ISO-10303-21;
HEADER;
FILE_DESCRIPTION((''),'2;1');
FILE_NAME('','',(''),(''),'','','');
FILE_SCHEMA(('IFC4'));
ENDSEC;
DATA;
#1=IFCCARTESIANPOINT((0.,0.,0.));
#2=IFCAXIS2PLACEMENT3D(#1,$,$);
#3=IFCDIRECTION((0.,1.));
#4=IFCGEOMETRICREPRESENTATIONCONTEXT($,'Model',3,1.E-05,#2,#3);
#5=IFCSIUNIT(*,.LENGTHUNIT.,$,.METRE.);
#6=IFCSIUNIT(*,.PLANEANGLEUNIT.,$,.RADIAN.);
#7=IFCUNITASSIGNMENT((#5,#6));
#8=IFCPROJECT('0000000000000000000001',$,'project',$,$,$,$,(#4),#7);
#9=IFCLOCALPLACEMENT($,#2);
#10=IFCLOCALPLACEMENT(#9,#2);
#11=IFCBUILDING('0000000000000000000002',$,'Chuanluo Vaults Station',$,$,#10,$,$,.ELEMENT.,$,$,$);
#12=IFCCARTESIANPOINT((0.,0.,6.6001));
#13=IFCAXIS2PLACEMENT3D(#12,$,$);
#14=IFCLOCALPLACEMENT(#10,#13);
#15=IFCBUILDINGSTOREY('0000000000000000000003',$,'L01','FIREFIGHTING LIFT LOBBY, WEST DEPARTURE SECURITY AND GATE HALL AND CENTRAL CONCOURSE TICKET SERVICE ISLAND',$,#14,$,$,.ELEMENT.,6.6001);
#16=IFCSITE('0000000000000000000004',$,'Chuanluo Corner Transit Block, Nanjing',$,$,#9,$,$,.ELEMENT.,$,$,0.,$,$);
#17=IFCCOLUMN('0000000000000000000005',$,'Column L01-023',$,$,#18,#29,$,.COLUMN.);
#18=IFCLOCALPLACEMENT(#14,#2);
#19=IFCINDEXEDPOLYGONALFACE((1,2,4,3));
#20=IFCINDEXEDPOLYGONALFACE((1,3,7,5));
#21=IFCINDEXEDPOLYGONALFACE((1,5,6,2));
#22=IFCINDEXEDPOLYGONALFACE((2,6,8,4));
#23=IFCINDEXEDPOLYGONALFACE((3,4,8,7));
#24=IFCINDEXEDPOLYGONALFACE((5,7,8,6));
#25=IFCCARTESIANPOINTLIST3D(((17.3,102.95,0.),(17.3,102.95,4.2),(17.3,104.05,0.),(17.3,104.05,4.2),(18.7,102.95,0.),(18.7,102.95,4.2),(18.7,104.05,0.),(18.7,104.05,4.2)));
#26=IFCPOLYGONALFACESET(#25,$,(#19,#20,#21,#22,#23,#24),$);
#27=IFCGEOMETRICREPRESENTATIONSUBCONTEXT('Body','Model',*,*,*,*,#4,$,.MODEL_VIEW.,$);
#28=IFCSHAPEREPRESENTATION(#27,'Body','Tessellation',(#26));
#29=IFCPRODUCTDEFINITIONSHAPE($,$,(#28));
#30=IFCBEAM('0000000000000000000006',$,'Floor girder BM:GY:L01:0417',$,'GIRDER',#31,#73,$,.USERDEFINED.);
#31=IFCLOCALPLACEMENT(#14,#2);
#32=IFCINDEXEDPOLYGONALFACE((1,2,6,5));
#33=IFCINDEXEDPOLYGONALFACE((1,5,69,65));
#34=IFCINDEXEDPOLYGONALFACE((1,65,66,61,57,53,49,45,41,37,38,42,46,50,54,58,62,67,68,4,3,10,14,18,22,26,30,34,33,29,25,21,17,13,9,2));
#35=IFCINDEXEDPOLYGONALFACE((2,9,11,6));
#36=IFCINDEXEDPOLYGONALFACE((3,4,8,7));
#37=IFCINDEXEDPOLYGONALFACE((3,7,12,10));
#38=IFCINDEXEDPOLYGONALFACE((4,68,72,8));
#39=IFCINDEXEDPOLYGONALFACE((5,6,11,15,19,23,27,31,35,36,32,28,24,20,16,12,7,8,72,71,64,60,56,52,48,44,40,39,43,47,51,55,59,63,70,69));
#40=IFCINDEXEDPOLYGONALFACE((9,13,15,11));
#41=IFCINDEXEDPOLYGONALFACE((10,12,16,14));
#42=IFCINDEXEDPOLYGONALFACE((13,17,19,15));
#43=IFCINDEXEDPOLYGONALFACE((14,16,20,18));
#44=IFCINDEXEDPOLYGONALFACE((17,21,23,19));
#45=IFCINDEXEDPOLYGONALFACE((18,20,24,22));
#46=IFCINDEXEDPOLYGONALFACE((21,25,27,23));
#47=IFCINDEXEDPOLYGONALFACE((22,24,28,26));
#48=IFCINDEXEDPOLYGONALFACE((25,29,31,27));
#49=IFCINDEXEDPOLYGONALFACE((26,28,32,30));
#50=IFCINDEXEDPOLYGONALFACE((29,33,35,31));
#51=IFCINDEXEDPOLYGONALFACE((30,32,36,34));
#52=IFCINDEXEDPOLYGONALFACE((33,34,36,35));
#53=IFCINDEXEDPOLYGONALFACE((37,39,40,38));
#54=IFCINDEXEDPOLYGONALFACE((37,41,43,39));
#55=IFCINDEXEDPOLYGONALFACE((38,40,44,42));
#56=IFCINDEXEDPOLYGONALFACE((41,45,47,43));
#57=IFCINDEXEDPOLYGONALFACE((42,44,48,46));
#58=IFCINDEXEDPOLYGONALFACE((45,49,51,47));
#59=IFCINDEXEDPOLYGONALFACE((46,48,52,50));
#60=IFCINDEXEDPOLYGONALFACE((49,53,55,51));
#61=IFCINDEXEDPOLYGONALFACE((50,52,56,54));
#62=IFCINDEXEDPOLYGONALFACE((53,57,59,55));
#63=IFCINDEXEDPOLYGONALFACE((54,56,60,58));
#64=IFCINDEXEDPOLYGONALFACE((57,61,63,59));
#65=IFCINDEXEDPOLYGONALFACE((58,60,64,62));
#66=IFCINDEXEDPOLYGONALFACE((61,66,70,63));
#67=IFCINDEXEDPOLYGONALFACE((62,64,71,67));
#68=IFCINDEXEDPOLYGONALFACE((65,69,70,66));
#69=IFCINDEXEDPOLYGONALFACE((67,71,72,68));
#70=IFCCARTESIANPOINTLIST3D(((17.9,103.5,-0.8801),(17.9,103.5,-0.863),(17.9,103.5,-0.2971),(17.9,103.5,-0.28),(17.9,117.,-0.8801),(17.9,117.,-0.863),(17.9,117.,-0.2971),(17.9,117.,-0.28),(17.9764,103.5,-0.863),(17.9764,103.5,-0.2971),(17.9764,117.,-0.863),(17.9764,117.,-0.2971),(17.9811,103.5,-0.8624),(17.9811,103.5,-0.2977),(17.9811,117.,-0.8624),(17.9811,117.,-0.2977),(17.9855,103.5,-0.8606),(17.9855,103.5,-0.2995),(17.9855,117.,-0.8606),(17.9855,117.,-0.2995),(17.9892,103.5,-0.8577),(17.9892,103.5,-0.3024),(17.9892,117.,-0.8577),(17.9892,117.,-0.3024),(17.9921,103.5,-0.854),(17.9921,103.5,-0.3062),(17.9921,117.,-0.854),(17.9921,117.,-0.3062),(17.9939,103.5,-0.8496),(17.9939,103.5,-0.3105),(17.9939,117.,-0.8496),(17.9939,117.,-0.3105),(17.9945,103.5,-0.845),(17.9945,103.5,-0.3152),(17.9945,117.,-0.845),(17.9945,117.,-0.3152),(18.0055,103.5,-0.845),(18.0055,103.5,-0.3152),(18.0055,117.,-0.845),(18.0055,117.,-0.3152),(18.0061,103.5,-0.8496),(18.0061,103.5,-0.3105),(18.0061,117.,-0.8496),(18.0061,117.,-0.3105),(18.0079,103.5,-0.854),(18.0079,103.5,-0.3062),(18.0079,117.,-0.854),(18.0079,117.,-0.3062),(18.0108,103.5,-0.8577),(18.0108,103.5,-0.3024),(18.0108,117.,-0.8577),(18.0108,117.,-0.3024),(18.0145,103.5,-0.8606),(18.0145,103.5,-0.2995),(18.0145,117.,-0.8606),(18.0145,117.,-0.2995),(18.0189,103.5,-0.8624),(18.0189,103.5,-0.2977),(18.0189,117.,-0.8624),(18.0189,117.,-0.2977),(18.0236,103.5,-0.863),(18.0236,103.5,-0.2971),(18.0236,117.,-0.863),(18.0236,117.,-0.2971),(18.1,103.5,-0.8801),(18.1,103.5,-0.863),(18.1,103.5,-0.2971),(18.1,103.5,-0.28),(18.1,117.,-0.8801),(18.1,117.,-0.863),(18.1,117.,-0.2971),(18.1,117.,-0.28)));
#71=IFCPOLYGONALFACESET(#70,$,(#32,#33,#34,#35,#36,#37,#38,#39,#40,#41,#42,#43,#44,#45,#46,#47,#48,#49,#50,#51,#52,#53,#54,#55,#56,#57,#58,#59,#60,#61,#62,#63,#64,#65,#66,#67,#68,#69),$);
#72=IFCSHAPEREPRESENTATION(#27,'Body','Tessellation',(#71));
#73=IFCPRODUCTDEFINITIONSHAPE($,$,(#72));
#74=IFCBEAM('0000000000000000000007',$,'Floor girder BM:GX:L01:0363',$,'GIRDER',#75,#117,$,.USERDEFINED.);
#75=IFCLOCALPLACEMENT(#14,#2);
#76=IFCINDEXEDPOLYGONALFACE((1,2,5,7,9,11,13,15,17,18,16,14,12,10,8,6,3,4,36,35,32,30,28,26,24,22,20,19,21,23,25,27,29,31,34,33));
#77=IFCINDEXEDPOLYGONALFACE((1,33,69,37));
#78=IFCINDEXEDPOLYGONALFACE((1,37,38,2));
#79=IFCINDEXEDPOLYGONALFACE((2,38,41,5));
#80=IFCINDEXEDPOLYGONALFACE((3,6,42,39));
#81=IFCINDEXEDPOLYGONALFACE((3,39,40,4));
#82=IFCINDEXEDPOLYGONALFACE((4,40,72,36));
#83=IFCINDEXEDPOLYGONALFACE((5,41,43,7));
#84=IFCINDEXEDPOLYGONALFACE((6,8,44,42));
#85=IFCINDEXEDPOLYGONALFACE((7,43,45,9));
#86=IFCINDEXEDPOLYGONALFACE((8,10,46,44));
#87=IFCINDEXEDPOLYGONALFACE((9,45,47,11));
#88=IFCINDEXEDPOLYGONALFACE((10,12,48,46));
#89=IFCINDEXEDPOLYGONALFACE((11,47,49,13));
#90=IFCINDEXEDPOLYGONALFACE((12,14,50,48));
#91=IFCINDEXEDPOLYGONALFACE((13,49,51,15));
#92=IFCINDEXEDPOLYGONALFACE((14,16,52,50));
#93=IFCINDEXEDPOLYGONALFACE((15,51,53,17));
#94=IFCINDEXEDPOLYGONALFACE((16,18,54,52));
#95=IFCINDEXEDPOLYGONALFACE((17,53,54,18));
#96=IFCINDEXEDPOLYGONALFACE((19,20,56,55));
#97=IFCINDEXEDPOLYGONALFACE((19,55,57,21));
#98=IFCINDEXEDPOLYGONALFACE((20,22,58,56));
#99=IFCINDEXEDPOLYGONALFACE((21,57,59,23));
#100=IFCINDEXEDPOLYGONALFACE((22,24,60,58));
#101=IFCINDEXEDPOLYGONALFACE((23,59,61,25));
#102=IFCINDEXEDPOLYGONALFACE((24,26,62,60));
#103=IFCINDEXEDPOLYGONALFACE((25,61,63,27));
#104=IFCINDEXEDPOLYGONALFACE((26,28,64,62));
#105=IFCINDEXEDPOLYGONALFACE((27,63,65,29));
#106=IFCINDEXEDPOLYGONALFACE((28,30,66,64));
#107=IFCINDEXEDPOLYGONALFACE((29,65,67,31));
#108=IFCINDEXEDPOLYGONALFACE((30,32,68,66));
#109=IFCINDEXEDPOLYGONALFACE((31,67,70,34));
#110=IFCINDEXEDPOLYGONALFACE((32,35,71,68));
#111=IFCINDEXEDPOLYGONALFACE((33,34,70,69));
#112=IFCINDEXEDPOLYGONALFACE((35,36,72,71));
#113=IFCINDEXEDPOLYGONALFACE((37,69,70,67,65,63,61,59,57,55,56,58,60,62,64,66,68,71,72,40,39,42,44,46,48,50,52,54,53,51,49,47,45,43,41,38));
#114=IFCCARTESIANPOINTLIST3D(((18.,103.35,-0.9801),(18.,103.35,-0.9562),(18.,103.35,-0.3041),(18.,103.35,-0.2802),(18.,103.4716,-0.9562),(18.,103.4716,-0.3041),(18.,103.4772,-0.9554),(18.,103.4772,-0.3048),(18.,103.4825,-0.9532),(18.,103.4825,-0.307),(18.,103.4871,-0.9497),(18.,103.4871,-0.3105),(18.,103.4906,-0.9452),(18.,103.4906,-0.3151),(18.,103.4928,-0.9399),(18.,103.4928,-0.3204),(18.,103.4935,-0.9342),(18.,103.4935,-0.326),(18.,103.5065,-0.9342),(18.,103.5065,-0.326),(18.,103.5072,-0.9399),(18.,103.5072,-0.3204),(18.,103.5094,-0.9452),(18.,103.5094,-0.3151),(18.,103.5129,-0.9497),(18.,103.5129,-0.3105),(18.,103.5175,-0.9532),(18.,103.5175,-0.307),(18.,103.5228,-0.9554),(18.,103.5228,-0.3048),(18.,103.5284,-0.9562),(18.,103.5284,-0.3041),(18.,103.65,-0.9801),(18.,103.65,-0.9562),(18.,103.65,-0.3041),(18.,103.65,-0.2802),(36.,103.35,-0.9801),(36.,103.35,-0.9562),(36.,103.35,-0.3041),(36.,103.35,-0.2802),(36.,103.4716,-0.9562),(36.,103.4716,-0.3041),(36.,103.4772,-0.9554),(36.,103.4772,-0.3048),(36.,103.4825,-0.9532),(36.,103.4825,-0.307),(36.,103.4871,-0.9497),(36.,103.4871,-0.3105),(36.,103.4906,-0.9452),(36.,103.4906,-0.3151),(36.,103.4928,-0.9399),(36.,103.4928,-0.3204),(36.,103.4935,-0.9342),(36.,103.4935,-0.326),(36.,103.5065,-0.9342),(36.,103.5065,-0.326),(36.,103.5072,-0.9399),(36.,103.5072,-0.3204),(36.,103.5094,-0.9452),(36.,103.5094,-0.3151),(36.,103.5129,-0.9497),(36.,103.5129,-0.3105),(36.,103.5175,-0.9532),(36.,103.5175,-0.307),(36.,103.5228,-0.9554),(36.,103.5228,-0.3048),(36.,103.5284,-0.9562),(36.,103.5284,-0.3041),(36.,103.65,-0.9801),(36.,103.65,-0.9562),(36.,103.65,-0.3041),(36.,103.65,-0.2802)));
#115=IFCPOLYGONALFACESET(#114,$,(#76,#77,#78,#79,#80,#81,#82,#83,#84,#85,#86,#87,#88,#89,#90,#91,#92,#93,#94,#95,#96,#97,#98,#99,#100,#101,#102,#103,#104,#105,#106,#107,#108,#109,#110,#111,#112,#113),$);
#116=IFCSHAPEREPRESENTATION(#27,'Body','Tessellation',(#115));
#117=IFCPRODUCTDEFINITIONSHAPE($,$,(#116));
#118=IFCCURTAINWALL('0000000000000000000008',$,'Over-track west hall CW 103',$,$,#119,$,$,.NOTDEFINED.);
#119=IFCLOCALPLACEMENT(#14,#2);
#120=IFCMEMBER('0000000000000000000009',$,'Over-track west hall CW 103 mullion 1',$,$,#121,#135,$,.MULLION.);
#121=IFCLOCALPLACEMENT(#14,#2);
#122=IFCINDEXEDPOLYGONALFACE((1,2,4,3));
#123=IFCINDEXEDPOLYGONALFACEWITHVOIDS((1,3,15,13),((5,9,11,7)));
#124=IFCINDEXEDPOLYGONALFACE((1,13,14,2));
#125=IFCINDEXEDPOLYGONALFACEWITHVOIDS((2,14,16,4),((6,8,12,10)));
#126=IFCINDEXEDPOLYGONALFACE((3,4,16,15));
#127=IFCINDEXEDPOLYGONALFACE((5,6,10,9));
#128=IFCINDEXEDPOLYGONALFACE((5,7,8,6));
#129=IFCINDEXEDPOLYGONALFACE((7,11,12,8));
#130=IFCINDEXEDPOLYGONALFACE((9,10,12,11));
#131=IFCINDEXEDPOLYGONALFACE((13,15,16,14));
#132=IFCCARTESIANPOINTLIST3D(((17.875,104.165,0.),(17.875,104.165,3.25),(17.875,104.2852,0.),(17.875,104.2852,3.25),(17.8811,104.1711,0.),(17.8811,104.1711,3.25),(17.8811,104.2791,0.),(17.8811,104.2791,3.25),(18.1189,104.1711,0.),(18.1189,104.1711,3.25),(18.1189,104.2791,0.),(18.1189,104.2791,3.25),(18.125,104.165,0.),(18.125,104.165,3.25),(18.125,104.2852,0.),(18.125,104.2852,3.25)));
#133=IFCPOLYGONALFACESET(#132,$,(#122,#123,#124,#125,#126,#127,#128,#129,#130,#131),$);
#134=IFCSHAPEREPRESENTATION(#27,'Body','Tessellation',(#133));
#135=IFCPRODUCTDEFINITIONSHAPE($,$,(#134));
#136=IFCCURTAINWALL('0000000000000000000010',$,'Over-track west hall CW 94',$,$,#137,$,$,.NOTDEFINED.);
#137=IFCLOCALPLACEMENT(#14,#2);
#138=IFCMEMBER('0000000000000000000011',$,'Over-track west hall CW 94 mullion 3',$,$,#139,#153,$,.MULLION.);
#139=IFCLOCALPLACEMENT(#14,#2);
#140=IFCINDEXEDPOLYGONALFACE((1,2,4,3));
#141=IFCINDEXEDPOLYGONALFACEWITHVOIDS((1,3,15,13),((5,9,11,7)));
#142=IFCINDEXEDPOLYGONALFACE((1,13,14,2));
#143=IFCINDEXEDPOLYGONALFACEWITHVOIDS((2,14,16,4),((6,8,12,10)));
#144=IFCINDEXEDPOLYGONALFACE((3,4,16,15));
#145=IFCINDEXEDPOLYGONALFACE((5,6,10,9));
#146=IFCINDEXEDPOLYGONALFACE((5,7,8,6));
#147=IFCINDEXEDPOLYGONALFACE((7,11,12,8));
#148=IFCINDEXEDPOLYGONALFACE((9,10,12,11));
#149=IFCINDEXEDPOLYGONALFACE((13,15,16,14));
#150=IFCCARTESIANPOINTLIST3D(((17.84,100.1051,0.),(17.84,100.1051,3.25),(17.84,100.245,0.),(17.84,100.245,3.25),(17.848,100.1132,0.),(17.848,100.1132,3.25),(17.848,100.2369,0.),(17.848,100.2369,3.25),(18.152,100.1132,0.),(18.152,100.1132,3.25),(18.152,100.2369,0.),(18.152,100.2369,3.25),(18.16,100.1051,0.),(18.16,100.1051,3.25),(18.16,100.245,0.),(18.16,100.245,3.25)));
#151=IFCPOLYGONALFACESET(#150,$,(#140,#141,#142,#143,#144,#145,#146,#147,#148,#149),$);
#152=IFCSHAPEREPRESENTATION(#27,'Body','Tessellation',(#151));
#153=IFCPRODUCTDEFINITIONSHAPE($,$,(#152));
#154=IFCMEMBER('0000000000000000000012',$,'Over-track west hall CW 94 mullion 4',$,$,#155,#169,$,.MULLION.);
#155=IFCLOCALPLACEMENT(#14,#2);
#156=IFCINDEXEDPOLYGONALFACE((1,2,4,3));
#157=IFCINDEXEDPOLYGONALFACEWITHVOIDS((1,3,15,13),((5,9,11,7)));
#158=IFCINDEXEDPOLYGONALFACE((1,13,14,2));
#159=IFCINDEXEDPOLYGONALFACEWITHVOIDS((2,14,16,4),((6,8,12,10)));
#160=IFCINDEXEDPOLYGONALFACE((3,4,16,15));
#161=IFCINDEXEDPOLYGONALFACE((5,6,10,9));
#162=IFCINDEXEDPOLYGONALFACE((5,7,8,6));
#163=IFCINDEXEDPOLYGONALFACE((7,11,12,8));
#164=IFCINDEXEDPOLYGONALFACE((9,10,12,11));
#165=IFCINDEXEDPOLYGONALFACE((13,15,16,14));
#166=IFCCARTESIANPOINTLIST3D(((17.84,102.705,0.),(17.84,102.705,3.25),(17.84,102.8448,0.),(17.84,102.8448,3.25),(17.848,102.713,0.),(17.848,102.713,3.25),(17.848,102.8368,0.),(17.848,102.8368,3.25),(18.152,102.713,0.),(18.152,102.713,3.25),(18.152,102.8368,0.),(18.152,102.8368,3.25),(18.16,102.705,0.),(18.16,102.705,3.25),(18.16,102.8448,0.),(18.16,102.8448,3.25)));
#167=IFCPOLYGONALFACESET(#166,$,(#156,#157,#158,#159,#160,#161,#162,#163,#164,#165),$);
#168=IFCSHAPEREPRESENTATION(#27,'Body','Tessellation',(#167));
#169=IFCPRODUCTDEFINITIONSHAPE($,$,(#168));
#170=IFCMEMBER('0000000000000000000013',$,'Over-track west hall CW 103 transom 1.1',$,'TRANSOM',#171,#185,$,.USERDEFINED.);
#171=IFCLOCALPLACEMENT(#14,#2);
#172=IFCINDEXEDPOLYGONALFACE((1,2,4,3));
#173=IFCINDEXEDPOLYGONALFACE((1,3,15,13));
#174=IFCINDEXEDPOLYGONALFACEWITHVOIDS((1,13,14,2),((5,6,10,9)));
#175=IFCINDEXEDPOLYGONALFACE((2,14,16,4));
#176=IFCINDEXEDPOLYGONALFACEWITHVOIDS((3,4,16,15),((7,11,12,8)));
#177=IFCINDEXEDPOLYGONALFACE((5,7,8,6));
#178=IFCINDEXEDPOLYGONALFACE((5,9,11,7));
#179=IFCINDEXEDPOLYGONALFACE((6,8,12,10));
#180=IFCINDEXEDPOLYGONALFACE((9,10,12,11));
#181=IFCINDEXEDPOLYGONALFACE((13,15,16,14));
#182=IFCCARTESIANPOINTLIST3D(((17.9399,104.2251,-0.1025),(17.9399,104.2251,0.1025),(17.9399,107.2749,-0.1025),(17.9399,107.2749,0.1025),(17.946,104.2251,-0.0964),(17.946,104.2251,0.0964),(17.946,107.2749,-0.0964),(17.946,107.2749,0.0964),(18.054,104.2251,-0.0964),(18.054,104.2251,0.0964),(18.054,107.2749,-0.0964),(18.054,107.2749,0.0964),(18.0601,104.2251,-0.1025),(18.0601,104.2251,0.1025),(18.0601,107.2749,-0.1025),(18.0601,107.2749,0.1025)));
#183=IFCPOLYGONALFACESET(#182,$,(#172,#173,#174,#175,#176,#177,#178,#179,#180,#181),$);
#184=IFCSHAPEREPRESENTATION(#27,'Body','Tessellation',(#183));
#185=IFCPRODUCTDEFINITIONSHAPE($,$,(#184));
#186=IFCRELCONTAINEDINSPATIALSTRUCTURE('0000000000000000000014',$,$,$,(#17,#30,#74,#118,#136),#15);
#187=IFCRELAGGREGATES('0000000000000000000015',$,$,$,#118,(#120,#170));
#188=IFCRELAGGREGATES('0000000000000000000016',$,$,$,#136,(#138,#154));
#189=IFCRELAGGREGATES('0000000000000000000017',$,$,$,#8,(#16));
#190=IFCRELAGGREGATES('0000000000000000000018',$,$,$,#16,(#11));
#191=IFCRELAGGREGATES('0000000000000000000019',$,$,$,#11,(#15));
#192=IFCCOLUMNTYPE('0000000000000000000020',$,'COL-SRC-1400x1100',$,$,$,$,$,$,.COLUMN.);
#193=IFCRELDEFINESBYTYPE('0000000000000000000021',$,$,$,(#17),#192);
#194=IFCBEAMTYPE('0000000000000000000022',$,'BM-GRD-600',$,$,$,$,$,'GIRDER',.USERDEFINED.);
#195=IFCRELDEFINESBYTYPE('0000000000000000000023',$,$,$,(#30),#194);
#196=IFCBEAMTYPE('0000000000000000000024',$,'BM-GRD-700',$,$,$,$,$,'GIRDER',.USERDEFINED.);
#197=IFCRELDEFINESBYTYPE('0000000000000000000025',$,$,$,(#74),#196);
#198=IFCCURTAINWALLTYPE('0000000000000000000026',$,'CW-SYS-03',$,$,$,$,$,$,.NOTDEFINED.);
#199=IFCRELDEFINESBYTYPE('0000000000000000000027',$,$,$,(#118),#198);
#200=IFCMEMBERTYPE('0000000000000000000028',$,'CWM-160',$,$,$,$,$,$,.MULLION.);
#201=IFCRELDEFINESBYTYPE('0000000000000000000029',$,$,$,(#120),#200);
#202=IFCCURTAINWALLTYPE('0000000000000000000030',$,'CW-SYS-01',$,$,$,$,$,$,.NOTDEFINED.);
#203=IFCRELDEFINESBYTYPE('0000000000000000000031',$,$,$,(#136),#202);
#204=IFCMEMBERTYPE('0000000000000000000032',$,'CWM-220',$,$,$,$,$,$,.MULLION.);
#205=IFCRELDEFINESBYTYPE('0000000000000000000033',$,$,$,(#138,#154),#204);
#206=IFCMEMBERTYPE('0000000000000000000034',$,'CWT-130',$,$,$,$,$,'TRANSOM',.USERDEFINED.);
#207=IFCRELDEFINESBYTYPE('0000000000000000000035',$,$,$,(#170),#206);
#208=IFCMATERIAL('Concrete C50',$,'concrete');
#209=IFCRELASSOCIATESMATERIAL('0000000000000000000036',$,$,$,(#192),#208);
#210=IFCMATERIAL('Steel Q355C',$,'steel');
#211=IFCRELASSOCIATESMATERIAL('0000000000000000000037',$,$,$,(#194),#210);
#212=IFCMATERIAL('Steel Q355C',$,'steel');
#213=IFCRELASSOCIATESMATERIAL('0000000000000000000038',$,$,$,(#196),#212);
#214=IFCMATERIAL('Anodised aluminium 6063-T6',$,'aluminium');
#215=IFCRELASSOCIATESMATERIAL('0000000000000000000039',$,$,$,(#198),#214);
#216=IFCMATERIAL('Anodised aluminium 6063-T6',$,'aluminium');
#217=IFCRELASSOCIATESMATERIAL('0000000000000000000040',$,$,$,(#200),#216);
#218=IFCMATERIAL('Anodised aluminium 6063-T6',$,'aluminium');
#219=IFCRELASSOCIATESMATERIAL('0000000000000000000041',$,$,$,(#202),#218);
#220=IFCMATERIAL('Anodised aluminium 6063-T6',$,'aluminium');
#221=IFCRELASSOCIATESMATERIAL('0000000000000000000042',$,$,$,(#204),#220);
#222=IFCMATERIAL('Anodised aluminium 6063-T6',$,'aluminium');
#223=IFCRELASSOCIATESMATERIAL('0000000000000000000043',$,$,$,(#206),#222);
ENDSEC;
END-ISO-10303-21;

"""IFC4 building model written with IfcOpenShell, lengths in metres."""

from ifc_helpers import new_model, si_unit, direction, frame, origin, origin_2d, place, context, subcontext, project, spatial, rectangle, hollow_rectangle, i_section, extrude, material, material_profile, profile_set, type_object, element, aggregate, save


model = new_model("IFC4")

# Units and contexts
model_context = context("Model", 3, precision=1e-05, world=origin(), true_north=direction((0.0, 1.0)))
body_context = subcontext(model_context, "Body", "Model", "MODEL_VIEW")
ifc_project = project(units=[si_unit("LENGTHUNIT", "METRE"), si_unit("PLANEANGLEUNIT", "RADIAN")], contexts=[model_context])

# Site, building, storey
site_placement = place(None, origin())
site = spatial("IfcSite", under=ifc_project, at=site_placement, Name="Chuanluo Corner Transit Block, Nanjing", CompositionType="ELEMENT", RefElevation=0.0)
building_placement = place(site_placement, origin())
building = spatial("IfcBuilding", under=site, at=building_placement, Name="Chuanluo Vaults Station", CompositionType="ELEMENT")
storey_placement = place(building_placement, frame((0.0, 0.0, 6.6001)))
storey = spatial("IfcBuildingStorey", under=building, at=storey_placement, Name="L01", Description="FIREFIGHTING LIFT LOBBY, WEST DEPARTURE SECURITY AND GATE HALL AND CENTRAL CONCOURSE TICKET SERVICE ISLAND", CompositionType="ELEMENT", Elevation=6.6001)

# Column
ifc_material_1 = material(Name="Concrete C50", Category="concrete")
ifc_material_profile_1 = material_profile(ifc_material_1, rectangle(XDim=1.3999, YDim=1.1001, at=origin_2d()))
ifc_profile_set_1 = profile_set([ifc_material_profile_1], Name="Concrete C50")
column_type = type_object("IfcColumnType", Name="COL-SRC-1400x1100", PredefinedType="COLUMN", material=ifc_profile_set_1)
column_placement = place(storey_placement, frame((18.0, 103.5, 0.0), z_axis=(0.0, 0.0, 1.0), x_axis=(1.0, 0.0, 0.0)))
element("IfcColumn", 1, at=column_placement, inside=storey, type_object=column_type, Name="Column L01-023", PredefinedType="COLUMN", context=body_context, shape_type="SweptSolid", body=[
    extrude(rectangle(XDim=1.3999, YDim=1.1001, at=origin_2d()), origin(), (0.0, 0.0, 1.0), 4.2),
])

# Beams
ifc_material_2 = material(Name="Steel Q355C", Category="steel")
ifc_material_profile_2 = material_profile(ifc_material_2, i_section(OverallWidth=0.2, OverallDepth=0.6001, WebThickness=0.011, FlangeThickness=0.0171, FilletRadius=0.0181, at=origin_2d()))
ifc_profile_set_2 = profile_set([ifc_material_profile_2], Name="Steel Q355C")
beam_type_1 = type_object("IfcBeamType", Name="BM-GRD-600", ElementType="GIRDER", PredefinedType="USERDEFINED", material=ifc_profile_set_2)
beam_1_placement = place(storey_placement, frame((18.0, 103.5, -0.5801), z_axis=(0.0, 1.0, 0.0), x_axis=(-1.0, 0.0, 0.0)))
element("IfcBeam", 2, at=beam_1_placement, inside=storey, type_object=beam_type_1, Name="Floor girder BM:GY:L01:0417", ObjectType="GIRDER", PredefinedType="USERDEFINED", context=body_context, shape_type="SweptSolid", body=[
    extrude(i_section(OverallWidth=0.2, OverallDepth=0.6001, WebThickness=0.011, FlangeThickness=0.0171, FilletRadius=0.0181, at=origin_2d()), origin(), (0.0, 0.0, 1.0), 13.5),
])
ifc_material_3 = material(Name="Steel Q355C", Category="steel")
ifc_material_profile_3 = material_profile(ifc_material_3, i_section(OverallWidth=0.3, OverallDepth=0.7, WebThickness=0.0129, FlangeThickness=0.0239, FilletRadius=0.022, at=origin_2d()))
ifc_profile_set_3 = profile_set([ifc_material_profile_3], Name="Steel Q355C")
beam_type_2 = type_object("IfcBeamType", Name="BM-GRD-700", ElementType="GIRDER", PredefinedType="USERDEFINED", material=ifc_profile_set_3)
beam_2_placement = place(storey_placement, frame((18.0, 103.5, -0.6301), z_axis=(1.0, 0.0, 0.0), x_axis=(0.0, 1.0, 0.0)))
element("IfcBeam", 3, at=beam_2_placement, inside=storey, type_object=beam_type_2, Name="Floor girder BM:GX:L01:0363", ObjectType="GIRDER", PredefinedType="USERDEFINED", context=body_context, shape_type="SweptSolid", body=[
    extrude(i_section(OverallWidth=0.3, OverallDepth=0.7, WebThickness=0.0129, FlangeThickness=0.0239, FilletRadius=0.022, at=origin_2d()), origin(), (0.0, 0.0, 1.0), 18.0),
])

# Curtain wall, member
ifc_material_4 = material(Name="Anodised aluminium 6063-T6", Category="aluminium")
curtain_wall_type_1 = type_object("IfcCurtainWallType", Name="CW-SYS-03", PredefinedType="NOTDEFINED", material=ifc_material_4)
curtain_wall_1_placement = place(storey_placement, origin())
curtain_wall_1 = element("IfcCurtainWall", 4, at=curtain_wall_1_placement, inside=storey, type_object=curtain_wall_type_1, Name="Over-track west hall CW 103", PredefinedType="NOTDEFINED")
ifc_material_5 = material(Name="Anodised aluminium 6063-T6", Category="aluminium")
ifc_material_profile_4 = material_profile(ifc_material_5, hollow_rectangle(XDim=0.1201, YDim=0.25, WallThickness=0.0061, at=origin_2d()))
ifc_profile_set_4 = profile_set([ifc_material_profile_4], Name="Anodised aluminium 6063-T6")
member_type_1 = type_object("IfcMemberType", Name="CWM-160", PredefinedType="MULLION", material=ifc_profile_set_4)
member_1_placement = place(storey_placement, frame((18.0, 104.2251, 0.0), z_axis=(0.0, 0.0, 1.0), x_axis=(0.0, 1.0, 0.0)))
member_1 = element("IfcMember", 5, at=member_1_placement, type_object=member_type_1, Name="Over-track west hall CW 103 mullion 1", PredefinedType="MULLION", context=body_context, shape_type="SweptSolid", body=[
    extrude(hollow_rectangle(XDim=0.1201, YDim=0.25, WallThickness=0.0061, at=origin_2d()), origin(), (0.0, 0.0, 1.0), 3.25),
])

# Curtain wall, members
ifc_material_6 = material(Name="Anodised aluminium 6063-T6", Category="aluminium")
curtain_wall_type_2 = type_object("IfcCurtainWallType", Name="CW-SYS-01", PredefinedType="NOTDEFINED", material=ifc_material_6)
curtain_wall_2_placement = place(storey_placement, origin())
curtain_wall_2 = element("IfcCurtainWall", 6, at=curtain_wall_2_placement, inside=storey, type_object=curtain_wall_type_2, Name="Over-track west hall CW 94", PredefinedType="NOTDEFINED")
ifc_material_7 = material(Name="Anodised aluminium 6063-T6", Category="aluminium")
ifc_material_profile_5 = material_profile(ifc_material_7, hollow_rectangle(XDim=0.1399, YDim=0.3201, WallThickness=0.0081, at=origin_2d()))
ifc_profile_set_5 = profile_set([ifc_material_profile_5], Name="Anodised aluminium 6063-T6")
member_type_2 = type_object("IfcMemberType", Name="CWM-220", PredefinedType="MULLION", material=ifc_profile_set_5)
member_2_placement = place(storey_placement, frame((18.0, 100.175, 0.0), z_axis=(0.0, 0.0, 1.0), x_axis=(0.0, 1.0, 0.0)))
member_2 = element("IfcMember", 7, at=member_2_placement, type_object=member_type_2, Name="Over-track west hall CW 94 mullion 3", PredefinedType="MULLION", context=body_context, shape_type="SweptSolid", body=[
    extrude(hollow_rectangle(XDim=0.1399, YDim=0.3201, WallThickness=0.0081, at=origin_2d()), origin(), (0.0, 0.0, 1.0), 3.25),
])
member_3_placement = place(storey_placement, frame((18.0, 102.7749, 0.0), z_axis=(0.0, 0.0, 1.0), x_axis=(0.0, 1.0, 0.0)))
member_3 = element("IfcMember", 8, at=member_3_placement, type_object=member_type_2, Name="Over-track west hall CW 94 mullion 4", PredefinedType="MULLION", context=body_context, shape_type="SweptSolid", body=[
    extrude(hollow_rectangle(XDim=0.1399, YDim=0.3201, WallThickness=0.0081, at=origin_2d()), origin(), (0.0, 0.0, 1.0), 3.25),
])

# Member
ifc_material_8 = material(Name="Anodised aluminium 6063-T6", Category="aluminium")
ifc_material_profile_6 = material_profile(ifc_material_8, hollow_rectangle(XDim=0.1201, YDim=0.2051, WallThickness=0.0061, at=origin_2d()))
ifc_profile_set_6 = profile_set([ifc_material_profile_6], Name="Anodised aluminium 6063-T6")
member_type_3 = type_object("IfcMemberType", Name="CWT-130", ElementType="TRANSOM", PredefinedType="USERDEFINED", material=ifc_profile_set_6)
member_4_placement = place(storey_placement, frame((18.0, 104.2251, 0.0), z_axis=(0.0, 1.0, 0.0), x_axis=(-1.0, 0.0, 0.0)))
member_4 = element("IfcMember", 9, at=member_4_placement, type_object=member_type_3, Name="Over-track west hall CW 103 transom 1.1", ObjectType="TRANSOM", PredefinedType="USERDEFINED", context=body_context, shape_type="SweptSolid", body=[
    extrude(hollow_rectangle(XDim=0.1201, YDim=0.2051, WallThickness=0.0061, at=origin_2d()), origin(), (0.0, 0.0, 1.0), 3.0498),
])

aggregate(curtain_wall_1, [member_1, member_4])
aggregate(curtain_wall_2, [member_2, member_3])

save(model, "model.ifc")
